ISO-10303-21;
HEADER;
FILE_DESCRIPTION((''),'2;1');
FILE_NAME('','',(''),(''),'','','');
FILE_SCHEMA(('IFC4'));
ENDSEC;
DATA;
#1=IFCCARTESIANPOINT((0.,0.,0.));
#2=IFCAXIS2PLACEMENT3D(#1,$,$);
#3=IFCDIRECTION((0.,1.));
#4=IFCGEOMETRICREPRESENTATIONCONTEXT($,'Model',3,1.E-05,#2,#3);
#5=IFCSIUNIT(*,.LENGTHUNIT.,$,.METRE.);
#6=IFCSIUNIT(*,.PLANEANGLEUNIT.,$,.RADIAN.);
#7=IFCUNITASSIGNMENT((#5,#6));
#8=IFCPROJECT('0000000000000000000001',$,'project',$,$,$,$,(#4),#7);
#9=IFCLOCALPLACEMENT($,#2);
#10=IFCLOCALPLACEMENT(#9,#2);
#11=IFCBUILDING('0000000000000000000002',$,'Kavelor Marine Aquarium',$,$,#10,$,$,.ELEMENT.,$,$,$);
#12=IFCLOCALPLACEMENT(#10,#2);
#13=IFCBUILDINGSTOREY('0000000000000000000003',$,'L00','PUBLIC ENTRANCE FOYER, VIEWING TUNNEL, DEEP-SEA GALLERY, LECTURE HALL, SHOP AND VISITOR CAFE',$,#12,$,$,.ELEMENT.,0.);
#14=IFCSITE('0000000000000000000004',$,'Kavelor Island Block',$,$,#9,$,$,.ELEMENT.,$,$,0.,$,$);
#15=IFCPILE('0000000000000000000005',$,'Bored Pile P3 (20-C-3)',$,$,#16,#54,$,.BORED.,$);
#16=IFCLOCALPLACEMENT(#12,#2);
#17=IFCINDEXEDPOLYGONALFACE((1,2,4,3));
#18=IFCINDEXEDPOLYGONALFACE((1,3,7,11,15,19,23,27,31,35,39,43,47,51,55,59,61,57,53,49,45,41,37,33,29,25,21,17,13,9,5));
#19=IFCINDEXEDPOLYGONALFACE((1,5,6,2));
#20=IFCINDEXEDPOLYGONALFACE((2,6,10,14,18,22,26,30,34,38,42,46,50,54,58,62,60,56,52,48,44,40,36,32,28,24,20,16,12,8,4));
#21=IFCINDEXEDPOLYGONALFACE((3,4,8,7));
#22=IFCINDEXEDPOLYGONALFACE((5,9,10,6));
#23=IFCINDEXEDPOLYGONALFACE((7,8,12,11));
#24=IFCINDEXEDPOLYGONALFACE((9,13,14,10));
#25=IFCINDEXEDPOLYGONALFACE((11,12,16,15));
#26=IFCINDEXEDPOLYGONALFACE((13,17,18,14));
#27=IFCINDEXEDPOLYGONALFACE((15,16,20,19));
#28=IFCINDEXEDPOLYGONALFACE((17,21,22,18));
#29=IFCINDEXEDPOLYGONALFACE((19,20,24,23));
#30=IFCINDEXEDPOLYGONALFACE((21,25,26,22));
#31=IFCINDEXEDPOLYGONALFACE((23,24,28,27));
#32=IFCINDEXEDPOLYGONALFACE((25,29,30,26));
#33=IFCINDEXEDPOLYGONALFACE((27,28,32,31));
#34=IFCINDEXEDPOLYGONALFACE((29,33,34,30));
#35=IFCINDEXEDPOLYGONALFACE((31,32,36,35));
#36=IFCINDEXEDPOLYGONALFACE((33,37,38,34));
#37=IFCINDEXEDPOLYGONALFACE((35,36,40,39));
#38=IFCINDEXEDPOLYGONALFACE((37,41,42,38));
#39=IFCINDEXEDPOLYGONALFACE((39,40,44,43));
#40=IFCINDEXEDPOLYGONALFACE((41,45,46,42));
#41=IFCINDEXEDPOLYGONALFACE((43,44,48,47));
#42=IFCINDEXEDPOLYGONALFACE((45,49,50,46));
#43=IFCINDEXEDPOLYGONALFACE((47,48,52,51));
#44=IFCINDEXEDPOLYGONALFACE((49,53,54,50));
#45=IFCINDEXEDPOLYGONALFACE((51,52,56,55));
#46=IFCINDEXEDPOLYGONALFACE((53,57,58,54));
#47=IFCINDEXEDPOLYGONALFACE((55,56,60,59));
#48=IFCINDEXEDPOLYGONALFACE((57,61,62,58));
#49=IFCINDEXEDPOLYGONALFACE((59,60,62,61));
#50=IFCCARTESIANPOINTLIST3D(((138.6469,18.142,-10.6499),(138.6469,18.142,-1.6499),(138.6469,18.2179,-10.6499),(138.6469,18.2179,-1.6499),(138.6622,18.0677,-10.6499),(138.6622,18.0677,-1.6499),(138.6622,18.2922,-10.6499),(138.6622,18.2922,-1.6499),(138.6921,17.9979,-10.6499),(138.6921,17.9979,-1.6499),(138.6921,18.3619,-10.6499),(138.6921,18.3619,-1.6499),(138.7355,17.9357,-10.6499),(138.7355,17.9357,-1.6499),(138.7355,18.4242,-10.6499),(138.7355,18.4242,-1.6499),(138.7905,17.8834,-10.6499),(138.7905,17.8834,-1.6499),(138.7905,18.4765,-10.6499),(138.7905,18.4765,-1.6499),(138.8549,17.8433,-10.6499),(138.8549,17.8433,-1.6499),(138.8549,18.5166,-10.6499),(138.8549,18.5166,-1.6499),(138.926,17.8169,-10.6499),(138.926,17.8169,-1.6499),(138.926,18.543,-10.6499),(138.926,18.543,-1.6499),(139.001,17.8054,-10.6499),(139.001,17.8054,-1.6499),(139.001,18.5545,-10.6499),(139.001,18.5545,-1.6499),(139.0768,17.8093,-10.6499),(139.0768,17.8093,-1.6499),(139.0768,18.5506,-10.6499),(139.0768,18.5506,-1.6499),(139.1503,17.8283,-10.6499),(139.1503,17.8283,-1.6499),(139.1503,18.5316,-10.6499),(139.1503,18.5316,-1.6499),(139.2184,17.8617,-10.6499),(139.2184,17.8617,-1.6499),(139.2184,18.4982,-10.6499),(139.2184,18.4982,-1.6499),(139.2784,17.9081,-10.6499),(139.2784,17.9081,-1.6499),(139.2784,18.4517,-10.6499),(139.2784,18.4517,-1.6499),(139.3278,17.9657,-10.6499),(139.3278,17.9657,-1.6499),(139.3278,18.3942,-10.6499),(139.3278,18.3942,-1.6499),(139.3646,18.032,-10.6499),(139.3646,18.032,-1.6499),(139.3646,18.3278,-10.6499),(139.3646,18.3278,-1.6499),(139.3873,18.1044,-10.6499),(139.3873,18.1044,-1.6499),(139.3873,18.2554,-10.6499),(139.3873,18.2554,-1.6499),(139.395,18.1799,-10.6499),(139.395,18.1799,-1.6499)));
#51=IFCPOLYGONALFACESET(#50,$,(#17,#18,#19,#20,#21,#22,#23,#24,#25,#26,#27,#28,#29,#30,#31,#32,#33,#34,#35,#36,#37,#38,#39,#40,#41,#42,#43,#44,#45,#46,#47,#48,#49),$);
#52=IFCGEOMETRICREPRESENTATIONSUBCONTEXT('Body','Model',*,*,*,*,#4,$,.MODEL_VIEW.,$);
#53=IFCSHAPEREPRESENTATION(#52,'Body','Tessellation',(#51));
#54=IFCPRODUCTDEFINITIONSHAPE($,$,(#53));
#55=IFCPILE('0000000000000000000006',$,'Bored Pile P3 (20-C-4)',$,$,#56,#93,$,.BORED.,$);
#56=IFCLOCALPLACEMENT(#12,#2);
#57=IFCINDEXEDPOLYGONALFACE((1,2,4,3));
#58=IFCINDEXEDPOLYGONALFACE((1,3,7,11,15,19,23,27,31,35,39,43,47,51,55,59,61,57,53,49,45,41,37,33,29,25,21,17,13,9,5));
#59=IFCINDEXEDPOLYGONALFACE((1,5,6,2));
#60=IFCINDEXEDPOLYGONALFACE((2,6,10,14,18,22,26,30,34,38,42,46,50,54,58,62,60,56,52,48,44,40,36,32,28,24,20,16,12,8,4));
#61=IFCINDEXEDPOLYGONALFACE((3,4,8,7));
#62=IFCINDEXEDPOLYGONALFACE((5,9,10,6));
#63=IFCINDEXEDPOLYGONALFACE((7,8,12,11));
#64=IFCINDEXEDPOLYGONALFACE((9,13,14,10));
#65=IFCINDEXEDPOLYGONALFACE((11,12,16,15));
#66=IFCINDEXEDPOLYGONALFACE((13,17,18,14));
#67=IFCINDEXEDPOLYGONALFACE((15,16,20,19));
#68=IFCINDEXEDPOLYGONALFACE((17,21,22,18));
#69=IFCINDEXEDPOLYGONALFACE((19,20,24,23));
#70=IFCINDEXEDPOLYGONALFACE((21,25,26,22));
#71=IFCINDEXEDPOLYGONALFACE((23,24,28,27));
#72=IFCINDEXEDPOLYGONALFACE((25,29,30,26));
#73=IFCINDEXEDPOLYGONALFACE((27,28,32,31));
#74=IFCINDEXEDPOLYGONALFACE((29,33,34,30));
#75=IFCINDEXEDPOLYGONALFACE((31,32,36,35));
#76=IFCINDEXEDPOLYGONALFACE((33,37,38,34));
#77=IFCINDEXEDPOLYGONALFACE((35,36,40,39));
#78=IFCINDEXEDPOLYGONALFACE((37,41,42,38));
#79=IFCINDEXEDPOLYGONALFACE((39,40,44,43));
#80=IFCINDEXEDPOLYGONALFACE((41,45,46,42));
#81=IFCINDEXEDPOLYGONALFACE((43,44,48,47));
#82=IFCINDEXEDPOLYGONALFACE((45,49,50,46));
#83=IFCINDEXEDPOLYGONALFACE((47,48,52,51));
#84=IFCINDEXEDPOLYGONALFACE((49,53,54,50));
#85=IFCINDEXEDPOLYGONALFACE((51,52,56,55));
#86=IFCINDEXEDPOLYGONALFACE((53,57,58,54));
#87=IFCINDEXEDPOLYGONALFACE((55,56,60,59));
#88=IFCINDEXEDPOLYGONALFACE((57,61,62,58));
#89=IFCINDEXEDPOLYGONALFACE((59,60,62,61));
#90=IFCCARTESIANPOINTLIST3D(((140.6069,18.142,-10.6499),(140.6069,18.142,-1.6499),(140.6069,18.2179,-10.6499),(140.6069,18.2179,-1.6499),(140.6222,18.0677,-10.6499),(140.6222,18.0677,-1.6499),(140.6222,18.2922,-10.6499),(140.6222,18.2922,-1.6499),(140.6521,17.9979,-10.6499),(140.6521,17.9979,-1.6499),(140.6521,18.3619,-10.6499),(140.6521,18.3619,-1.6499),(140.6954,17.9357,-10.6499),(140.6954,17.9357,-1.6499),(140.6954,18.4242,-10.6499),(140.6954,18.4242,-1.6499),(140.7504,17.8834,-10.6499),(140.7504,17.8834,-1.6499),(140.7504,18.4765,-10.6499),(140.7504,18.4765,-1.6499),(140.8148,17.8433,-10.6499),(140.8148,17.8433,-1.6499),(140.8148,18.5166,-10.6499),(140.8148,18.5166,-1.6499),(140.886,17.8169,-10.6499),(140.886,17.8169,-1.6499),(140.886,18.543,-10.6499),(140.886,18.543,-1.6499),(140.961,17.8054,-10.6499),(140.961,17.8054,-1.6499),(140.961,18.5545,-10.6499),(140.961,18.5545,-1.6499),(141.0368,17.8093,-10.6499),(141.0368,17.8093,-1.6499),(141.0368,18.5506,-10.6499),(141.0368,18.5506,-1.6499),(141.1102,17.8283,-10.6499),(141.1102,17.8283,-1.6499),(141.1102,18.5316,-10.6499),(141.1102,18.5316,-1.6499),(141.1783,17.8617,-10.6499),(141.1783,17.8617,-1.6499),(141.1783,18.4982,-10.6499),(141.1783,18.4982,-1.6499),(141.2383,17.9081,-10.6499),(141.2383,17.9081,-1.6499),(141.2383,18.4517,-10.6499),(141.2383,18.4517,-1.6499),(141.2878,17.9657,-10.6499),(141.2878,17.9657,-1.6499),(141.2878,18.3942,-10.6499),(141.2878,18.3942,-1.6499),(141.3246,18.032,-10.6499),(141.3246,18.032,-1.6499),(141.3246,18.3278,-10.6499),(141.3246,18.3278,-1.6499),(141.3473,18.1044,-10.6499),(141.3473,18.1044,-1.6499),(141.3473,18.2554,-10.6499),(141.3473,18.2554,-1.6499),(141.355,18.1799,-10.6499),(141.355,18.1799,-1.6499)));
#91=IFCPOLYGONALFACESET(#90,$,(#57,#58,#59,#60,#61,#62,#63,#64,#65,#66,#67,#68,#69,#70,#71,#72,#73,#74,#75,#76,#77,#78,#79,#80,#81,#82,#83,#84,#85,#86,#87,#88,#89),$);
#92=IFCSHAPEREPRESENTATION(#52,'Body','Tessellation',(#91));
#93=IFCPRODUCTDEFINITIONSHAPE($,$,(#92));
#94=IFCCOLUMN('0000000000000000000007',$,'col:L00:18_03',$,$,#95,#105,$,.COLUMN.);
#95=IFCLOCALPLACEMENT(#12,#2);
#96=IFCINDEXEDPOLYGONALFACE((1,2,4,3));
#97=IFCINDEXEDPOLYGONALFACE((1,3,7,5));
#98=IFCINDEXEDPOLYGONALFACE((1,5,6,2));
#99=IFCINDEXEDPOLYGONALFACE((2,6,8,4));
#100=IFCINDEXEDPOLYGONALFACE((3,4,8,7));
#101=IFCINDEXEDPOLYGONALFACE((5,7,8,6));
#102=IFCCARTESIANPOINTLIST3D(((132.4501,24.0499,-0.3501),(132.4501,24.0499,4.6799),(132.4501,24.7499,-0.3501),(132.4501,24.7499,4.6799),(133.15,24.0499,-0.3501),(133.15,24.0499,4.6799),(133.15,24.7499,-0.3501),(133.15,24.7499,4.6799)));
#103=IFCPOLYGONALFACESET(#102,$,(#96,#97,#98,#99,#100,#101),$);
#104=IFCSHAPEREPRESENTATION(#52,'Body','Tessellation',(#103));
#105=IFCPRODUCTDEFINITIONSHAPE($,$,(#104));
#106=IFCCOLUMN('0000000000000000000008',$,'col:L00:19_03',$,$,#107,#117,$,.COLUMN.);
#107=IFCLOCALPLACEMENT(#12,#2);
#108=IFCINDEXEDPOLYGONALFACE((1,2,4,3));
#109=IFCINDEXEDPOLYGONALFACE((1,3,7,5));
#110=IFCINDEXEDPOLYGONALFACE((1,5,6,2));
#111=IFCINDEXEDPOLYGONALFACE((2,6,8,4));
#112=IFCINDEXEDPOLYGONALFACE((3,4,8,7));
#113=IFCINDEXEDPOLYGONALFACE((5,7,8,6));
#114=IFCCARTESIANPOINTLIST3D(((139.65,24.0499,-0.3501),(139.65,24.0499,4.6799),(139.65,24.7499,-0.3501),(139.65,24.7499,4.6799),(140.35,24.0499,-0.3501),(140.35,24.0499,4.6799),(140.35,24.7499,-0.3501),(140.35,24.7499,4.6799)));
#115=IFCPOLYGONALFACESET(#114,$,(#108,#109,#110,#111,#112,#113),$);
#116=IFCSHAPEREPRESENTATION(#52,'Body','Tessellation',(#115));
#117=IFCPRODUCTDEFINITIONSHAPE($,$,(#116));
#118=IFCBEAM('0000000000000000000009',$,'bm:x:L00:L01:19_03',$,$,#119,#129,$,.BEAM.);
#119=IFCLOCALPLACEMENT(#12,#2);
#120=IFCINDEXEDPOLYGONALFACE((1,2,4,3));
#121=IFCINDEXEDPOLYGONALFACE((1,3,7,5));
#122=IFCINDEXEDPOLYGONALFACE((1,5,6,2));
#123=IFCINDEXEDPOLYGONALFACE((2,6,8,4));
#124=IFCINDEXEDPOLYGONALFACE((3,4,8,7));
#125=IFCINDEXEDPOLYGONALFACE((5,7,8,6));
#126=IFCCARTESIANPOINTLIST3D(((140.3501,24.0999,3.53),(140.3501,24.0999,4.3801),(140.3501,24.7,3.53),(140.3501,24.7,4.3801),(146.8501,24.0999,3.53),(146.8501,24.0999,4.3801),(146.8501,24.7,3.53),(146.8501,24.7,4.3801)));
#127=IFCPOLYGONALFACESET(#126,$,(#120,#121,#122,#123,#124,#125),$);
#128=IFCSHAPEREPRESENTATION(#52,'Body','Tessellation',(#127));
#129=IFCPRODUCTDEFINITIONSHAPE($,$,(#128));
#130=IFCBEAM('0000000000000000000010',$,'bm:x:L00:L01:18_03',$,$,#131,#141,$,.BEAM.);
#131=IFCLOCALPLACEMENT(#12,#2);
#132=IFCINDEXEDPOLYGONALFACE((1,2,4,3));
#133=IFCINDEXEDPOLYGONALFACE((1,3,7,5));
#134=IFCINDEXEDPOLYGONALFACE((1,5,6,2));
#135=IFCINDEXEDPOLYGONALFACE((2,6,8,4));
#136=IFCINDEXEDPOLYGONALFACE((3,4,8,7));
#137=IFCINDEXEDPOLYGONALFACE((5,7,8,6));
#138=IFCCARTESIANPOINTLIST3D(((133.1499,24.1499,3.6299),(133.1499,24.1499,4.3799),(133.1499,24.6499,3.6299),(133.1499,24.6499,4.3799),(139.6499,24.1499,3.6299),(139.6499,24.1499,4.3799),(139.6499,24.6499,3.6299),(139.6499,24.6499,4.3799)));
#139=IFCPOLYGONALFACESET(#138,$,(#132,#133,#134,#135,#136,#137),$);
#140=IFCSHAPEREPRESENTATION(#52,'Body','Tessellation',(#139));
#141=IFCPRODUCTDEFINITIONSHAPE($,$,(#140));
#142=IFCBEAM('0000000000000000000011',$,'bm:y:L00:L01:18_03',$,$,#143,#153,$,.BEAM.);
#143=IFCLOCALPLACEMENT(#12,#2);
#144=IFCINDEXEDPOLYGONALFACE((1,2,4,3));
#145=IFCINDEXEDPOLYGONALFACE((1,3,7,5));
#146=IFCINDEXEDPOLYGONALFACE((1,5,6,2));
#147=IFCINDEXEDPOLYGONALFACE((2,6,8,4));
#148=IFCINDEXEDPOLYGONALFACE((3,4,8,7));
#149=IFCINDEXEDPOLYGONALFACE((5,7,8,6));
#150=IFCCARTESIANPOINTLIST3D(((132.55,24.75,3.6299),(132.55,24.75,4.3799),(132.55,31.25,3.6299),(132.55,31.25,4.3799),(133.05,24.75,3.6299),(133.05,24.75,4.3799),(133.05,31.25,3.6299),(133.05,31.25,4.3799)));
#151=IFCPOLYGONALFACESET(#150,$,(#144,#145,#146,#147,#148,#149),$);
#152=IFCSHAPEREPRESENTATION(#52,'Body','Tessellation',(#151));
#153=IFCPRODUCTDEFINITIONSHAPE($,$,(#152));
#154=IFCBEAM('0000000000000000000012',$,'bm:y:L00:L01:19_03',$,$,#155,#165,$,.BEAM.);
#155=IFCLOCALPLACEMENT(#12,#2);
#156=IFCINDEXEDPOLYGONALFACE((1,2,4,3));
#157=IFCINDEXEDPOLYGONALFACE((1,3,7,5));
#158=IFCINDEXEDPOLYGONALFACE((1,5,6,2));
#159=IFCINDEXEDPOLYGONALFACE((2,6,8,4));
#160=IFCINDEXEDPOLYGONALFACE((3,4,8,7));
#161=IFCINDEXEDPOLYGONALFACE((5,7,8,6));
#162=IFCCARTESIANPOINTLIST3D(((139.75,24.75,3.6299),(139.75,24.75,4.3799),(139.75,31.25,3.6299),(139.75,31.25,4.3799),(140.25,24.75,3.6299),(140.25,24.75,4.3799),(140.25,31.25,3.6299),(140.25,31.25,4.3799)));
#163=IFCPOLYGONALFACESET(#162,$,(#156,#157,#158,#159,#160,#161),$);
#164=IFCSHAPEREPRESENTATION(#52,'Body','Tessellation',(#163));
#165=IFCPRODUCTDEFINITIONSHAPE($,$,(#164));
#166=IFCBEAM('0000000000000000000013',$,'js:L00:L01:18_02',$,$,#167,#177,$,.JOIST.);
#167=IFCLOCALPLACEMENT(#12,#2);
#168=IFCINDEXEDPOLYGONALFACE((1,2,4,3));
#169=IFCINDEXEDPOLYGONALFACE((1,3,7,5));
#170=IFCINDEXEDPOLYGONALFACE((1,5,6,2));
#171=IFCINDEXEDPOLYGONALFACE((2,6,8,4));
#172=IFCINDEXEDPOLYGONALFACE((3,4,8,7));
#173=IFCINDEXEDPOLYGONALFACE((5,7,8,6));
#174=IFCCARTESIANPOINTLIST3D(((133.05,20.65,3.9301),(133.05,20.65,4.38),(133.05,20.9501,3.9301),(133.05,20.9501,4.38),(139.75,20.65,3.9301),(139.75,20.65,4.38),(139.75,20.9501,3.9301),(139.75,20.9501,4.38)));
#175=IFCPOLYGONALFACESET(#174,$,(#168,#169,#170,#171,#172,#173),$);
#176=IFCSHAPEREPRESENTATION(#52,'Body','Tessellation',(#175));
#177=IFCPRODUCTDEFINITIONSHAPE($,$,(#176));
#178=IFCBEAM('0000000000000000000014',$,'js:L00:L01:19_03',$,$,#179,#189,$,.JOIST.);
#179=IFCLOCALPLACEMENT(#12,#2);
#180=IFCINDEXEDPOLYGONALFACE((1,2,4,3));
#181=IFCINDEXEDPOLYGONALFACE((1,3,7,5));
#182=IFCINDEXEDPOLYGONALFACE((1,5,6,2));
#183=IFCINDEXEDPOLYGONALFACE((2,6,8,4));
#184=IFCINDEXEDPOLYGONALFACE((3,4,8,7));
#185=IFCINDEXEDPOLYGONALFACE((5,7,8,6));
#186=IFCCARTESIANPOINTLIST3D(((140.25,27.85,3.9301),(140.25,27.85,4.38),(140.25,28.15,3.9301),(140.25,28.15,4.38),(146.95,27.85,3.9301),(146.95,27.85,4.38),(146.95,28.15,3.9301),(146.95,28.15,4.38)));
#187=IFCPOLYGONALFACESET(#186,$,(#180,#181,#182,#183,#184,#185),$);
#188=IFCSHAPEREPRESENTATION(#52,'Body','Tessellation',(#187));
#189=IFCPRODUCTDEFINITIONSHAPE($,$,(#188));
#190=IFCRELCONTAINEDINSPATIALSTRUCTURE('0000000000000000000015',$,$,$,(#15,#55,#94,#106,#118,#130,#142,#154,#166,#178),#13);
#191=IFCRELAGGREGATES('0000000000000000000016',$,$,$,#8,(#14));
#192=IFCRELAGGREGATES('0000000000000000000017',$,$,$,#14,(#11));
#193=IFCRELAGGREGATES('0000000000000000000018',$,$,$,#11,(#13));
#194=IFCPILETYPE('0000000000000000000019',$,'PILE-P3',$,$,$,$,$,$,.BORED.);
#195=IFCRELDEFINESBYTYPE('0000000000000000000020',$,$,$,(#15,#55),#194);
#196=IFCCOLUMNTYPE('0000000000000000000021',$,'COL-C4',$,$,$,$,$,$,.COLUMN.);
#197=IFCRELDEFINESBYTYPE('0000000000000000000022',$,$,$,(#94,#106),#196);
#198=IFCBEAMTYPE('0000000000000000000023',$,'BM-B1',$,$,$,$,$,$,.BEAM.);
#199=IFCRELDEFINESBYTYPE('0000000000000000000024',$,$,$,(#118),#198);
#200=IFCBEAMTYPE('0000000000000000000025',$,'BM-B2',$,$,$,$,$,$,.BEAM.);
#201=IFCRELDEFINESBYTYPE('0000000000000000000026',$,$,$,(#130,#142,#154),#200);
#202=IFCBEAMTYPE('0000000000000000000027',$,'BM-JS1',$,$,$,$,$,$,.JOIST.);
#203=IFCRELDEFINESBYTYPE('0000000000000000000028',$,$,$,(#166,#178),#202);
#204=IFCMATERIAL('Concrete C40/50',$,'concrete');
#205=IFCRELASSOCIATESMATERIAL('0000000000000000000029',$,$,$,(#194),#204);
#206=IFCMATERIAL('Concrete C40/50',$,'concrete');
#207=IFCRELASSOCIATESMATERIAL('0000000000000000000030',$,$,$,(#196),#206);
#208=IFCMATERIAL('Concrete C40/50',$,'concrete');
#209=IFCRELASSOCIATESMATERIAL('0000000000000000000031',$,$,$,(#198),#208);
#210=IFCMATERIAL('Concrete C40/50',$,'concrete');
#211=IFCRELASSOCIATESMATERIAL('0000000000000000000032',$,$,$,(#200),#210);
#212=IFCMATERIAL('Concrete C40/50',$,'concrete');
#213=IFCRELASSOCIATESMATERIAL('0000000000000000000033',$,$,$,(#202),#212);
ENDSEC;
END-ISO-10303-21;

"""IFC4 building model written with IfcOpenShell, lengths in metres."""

from ifc_helpers import new_model, si_unit, direction, frame, origin, origin_2d, place, context, subcontext, project, spatial, rectangle, circle, extrude, material, material_profile, profile_set, type_object, element, save


model = new_model("IFC4")

# Units and contexts
model_context = context("Model", 3, precision=1e-05, world=origin(), true_north=direction((0.0, 1.0)))
body_context = subcontext(model_context, "Body", "Model", "MODEL_VIEW")
ifc_project = project(units=[si_unit("LENGTHUNIT", "METRE"), si_unit("PLANEANGLEUNIT", "RADIAN")], contexts=[model_context])

# Site, building, storey
site_placement = place(None, origin())
site = spatial("IfcSite", under=ifc_project, at=site_placement, Name="Kavelor Island Block", CompositionType="ELEMENT", RefElevation=0.0)
building_placement = place(site_placement, origin())
building = spatial("IfcBuilding", under=site, at=building_placement, Name="Kavelor Marine Aquarium", CompositionType="ELEMENT")
storey_placement = place(building_placement, origin())
storey = spatial("IfcBuildingStorey", under=building, at=storey_placement, Name="L00", Description="PUBLIC ENTRANCE FOYER, VIEWING TUNNEL, DEEP-SEA GALLERY, LECTURE HALL, SHOP AND VISITOR CAFE", CompositionType="ELEMENT", Elevation=0.0)

# Piles
ifc_material_1 = material(Name="Concrete C40/50", Category="concrete")
ifc_material_profile_1 = material_profile(ifc_material_1, circle(Radius=0.375, at=origin_2d()), Name="PILE D750")
ifc_profile_set_1 = profile_set([ifc_material_profile_1], Name="Concrete C40/50")
pile_type_1 = type_object("IfcPileType", Name="PILE-P3", PredefinedType="BORED", material=ifc_profile_set_1)
for number, where, z_axis, x_axis, name in (
    (1, (139.02, 18.1799, -1.6499), (0.0, 0.0, -1.0), (1.0, 0.0, 0.0), "Bored Pile P3 (20-C-3)"),
    (2, (140.98, 18.1799, -1.6499), (0.0, 0.0, -1.0), (1.0, 0.0, 0.0), "Bored Pile P3 (20-C-4)"),
):
    element("IfcPile", number, at=place(storey_placement, frame(where, z_axis=z_axis, x_axis=x_axis)), inside=storey, type_object=pile_type_1, Name=name, PredefinedType="BORED", context=body_context, shape_type="SweptSolid", body=[
        extrude(circle(Radius=0.375, at=origin_2d()), origin(), (0.0, 0.0, 1.0), 9.0),
    ])

# Columns
ifc_material_2 = material(Name="Concrete C40/50", Category="concrete")
ifc_material_profile_2 = material_profile(ifc_material_2, rectangle(XDim=0.7, YDim=0.7, at=origin_2d()), Name="RC-COL 700x700")
ifc_profile_set_2 = profile_set([ifc_material_profile_2], Name="Concrete C40/50")
column_type = type_object("IfcColumnType", Name="COL-C4", PredefinedType="COLUMN", material=ifc_profile_set_2)
for number, where, z_axis, x_axis, name in (
    (3, (132.8, 24.3999, -0.3501), (0.0, 0.0, 1.0), (1.0, 0.0, 0.0), "col:L00:18_03"),
    (4, (140.0, 24.3999, -0.3501), (0.0, 0.0, 1.0), (1.0, 0.0, 0.0), "col:L00:19_03"),
):
    element("IfcColumn", number, at=place(storey_placement, frame(where, z_axis=z_axis, x_axis=x_axis)), inside=storey, type_object=column_type, Name=name, PredefinedType="COLUMN", context=body_context, shape_type="SweptSolid", body=[
        extrude(rectangle(XDim=0.7, YDim=0.7, at=origin_2d()), origin(), (0.0, 0.0, 1.0), 5.03),
    ])

# Beams
ifc_material_3 = material(Name="Concrete C40/50", Category="concrete")
ifc_material_profile_3 = material_profile(ifc_material_3, rectangle(XDim=0.6001, YDim=0.8501, at=origin_2d()), Name="RC-BM 600x850")
ifc_profile_set_3 = profile_set([ifc_material_profile_3], Name="Concrete C40/50")
beam_type_1 = type_object("IfcBeamType", Name="BM-B1", PredefinedType="BEAM", material=ifc_profile_set_3)
beam_placement = place(storey_placement, frame((140.3501, 24.3999, 3.9551), z_axis=(1.0, 0.0, 0.0), x_axis=(0.0, 1.0, 0.0)))
element("IfcBeam", 5, at=beam_placement, inside=storey, type_object=beam_type_1, Name="bm:x:L00:L01:19_03", PredefinedType="BEAM", context=body_context, shape_type="SweptSolid", body=[
    extrude(rectangle(XDim=0.6001, YDim=0.8501, at=origin_2d()), origin(), (0.0, 0.0, 1.0), 6.5),
])
ifc_material_4 = material(Name="Concrete C40/50", Category="concrete")
ifc_material_profile_4 = material_profile(ifc_material_4, rectangle(XDim=0.5, YDim=0.75, at=origin_2d()), Name="RC-BM 500x750")
ifc_profile_set_4 = profile_set([ifc_material_profile_4], Name="Concrete C40/50")
beam_type_2 = type_object("IfcBeamType", Name="BM-B2", PredefinedType="BEAM", material=ifc_profile_set_4)
for number, where, z_axis, x_axis, name in (
    (6, (133.1499, 24.3999, 4.0049), (1.0, 0.0, 0.0), (0.0, 1.0, 0.0), "bm:x:L00:L01:18_03"),
    (7, (132.8, 24.75, 4.0049), (0.0, 1.0, 0.0), (-1.0, 0.0, 0.0), "bm:y:L00:L01:18_03"),
    (8, (140.0, 24.75, 4.0049), (0.0, 1.0, 0.0), (-1.0, 0.0, 0.0), "bm:y:L00:L01:19_03"),
):
    element("IfcBeam", number, at=place(storey_placement, frame(where, z_axis=z_axis, x_axis=x_axis)), inside=storey, type_object=beam_type_2, Name=name, PredefinedType="BEAM", context=body_context, shape_type="SweptSolid", body=[
        extrude(rectangle(XDim=0.5, YDim=0.75, at=origin_2d()), origin(), (0.0, 0.0, 1.0), 6.5),
    ])
ifc_material_5 = material(Name="Concrete C40/50", Category="concrete")
ifc_material_profile_5 = material_profile(ifc_material_5, rectangle(XDim=0.3, YDim=0.45, at=origin_2d()), Name="RC-JS 300x450")
ifc_profile_set_5 = profile_set([ifc_material_profile_5], Name="Concrete C40/50")
beam_type_3 = type_object("IfcBeamType", Name="BM-JS1", PredefinedType="JOIST", material=ifc_profile_set_5)
for number, where, z_axis, x_axis, name in (
    (9, (133.05, 20.8, 4.155), (1.0, 0.0, 0.0), (0.0, 1.0, 0.0), "js:L00:L01:18_02"),
    (10, (140.25, 28.0, 4.155), (1.0, 0.0, 0.0), (0.0, 1.0, 0.0), "js:L00:L01:19_03"),
):
    element("IfcBeam", number, at=place(storey_placement, frame(where, z_axis=z_axis, x_axis=x_axis)), inside=storey, type_object=beam_type_3, Name=name, PredefinedType="JOIST", context=body_context, shape_type="SweptSolid", body=[
        extrude(rectangle(XDim=0.3, YDim=0.45, at=origin_2d()), origin(), (0.0, 0.0, 1.0), 6.7),
    ])

save(model, "model.ifc")
